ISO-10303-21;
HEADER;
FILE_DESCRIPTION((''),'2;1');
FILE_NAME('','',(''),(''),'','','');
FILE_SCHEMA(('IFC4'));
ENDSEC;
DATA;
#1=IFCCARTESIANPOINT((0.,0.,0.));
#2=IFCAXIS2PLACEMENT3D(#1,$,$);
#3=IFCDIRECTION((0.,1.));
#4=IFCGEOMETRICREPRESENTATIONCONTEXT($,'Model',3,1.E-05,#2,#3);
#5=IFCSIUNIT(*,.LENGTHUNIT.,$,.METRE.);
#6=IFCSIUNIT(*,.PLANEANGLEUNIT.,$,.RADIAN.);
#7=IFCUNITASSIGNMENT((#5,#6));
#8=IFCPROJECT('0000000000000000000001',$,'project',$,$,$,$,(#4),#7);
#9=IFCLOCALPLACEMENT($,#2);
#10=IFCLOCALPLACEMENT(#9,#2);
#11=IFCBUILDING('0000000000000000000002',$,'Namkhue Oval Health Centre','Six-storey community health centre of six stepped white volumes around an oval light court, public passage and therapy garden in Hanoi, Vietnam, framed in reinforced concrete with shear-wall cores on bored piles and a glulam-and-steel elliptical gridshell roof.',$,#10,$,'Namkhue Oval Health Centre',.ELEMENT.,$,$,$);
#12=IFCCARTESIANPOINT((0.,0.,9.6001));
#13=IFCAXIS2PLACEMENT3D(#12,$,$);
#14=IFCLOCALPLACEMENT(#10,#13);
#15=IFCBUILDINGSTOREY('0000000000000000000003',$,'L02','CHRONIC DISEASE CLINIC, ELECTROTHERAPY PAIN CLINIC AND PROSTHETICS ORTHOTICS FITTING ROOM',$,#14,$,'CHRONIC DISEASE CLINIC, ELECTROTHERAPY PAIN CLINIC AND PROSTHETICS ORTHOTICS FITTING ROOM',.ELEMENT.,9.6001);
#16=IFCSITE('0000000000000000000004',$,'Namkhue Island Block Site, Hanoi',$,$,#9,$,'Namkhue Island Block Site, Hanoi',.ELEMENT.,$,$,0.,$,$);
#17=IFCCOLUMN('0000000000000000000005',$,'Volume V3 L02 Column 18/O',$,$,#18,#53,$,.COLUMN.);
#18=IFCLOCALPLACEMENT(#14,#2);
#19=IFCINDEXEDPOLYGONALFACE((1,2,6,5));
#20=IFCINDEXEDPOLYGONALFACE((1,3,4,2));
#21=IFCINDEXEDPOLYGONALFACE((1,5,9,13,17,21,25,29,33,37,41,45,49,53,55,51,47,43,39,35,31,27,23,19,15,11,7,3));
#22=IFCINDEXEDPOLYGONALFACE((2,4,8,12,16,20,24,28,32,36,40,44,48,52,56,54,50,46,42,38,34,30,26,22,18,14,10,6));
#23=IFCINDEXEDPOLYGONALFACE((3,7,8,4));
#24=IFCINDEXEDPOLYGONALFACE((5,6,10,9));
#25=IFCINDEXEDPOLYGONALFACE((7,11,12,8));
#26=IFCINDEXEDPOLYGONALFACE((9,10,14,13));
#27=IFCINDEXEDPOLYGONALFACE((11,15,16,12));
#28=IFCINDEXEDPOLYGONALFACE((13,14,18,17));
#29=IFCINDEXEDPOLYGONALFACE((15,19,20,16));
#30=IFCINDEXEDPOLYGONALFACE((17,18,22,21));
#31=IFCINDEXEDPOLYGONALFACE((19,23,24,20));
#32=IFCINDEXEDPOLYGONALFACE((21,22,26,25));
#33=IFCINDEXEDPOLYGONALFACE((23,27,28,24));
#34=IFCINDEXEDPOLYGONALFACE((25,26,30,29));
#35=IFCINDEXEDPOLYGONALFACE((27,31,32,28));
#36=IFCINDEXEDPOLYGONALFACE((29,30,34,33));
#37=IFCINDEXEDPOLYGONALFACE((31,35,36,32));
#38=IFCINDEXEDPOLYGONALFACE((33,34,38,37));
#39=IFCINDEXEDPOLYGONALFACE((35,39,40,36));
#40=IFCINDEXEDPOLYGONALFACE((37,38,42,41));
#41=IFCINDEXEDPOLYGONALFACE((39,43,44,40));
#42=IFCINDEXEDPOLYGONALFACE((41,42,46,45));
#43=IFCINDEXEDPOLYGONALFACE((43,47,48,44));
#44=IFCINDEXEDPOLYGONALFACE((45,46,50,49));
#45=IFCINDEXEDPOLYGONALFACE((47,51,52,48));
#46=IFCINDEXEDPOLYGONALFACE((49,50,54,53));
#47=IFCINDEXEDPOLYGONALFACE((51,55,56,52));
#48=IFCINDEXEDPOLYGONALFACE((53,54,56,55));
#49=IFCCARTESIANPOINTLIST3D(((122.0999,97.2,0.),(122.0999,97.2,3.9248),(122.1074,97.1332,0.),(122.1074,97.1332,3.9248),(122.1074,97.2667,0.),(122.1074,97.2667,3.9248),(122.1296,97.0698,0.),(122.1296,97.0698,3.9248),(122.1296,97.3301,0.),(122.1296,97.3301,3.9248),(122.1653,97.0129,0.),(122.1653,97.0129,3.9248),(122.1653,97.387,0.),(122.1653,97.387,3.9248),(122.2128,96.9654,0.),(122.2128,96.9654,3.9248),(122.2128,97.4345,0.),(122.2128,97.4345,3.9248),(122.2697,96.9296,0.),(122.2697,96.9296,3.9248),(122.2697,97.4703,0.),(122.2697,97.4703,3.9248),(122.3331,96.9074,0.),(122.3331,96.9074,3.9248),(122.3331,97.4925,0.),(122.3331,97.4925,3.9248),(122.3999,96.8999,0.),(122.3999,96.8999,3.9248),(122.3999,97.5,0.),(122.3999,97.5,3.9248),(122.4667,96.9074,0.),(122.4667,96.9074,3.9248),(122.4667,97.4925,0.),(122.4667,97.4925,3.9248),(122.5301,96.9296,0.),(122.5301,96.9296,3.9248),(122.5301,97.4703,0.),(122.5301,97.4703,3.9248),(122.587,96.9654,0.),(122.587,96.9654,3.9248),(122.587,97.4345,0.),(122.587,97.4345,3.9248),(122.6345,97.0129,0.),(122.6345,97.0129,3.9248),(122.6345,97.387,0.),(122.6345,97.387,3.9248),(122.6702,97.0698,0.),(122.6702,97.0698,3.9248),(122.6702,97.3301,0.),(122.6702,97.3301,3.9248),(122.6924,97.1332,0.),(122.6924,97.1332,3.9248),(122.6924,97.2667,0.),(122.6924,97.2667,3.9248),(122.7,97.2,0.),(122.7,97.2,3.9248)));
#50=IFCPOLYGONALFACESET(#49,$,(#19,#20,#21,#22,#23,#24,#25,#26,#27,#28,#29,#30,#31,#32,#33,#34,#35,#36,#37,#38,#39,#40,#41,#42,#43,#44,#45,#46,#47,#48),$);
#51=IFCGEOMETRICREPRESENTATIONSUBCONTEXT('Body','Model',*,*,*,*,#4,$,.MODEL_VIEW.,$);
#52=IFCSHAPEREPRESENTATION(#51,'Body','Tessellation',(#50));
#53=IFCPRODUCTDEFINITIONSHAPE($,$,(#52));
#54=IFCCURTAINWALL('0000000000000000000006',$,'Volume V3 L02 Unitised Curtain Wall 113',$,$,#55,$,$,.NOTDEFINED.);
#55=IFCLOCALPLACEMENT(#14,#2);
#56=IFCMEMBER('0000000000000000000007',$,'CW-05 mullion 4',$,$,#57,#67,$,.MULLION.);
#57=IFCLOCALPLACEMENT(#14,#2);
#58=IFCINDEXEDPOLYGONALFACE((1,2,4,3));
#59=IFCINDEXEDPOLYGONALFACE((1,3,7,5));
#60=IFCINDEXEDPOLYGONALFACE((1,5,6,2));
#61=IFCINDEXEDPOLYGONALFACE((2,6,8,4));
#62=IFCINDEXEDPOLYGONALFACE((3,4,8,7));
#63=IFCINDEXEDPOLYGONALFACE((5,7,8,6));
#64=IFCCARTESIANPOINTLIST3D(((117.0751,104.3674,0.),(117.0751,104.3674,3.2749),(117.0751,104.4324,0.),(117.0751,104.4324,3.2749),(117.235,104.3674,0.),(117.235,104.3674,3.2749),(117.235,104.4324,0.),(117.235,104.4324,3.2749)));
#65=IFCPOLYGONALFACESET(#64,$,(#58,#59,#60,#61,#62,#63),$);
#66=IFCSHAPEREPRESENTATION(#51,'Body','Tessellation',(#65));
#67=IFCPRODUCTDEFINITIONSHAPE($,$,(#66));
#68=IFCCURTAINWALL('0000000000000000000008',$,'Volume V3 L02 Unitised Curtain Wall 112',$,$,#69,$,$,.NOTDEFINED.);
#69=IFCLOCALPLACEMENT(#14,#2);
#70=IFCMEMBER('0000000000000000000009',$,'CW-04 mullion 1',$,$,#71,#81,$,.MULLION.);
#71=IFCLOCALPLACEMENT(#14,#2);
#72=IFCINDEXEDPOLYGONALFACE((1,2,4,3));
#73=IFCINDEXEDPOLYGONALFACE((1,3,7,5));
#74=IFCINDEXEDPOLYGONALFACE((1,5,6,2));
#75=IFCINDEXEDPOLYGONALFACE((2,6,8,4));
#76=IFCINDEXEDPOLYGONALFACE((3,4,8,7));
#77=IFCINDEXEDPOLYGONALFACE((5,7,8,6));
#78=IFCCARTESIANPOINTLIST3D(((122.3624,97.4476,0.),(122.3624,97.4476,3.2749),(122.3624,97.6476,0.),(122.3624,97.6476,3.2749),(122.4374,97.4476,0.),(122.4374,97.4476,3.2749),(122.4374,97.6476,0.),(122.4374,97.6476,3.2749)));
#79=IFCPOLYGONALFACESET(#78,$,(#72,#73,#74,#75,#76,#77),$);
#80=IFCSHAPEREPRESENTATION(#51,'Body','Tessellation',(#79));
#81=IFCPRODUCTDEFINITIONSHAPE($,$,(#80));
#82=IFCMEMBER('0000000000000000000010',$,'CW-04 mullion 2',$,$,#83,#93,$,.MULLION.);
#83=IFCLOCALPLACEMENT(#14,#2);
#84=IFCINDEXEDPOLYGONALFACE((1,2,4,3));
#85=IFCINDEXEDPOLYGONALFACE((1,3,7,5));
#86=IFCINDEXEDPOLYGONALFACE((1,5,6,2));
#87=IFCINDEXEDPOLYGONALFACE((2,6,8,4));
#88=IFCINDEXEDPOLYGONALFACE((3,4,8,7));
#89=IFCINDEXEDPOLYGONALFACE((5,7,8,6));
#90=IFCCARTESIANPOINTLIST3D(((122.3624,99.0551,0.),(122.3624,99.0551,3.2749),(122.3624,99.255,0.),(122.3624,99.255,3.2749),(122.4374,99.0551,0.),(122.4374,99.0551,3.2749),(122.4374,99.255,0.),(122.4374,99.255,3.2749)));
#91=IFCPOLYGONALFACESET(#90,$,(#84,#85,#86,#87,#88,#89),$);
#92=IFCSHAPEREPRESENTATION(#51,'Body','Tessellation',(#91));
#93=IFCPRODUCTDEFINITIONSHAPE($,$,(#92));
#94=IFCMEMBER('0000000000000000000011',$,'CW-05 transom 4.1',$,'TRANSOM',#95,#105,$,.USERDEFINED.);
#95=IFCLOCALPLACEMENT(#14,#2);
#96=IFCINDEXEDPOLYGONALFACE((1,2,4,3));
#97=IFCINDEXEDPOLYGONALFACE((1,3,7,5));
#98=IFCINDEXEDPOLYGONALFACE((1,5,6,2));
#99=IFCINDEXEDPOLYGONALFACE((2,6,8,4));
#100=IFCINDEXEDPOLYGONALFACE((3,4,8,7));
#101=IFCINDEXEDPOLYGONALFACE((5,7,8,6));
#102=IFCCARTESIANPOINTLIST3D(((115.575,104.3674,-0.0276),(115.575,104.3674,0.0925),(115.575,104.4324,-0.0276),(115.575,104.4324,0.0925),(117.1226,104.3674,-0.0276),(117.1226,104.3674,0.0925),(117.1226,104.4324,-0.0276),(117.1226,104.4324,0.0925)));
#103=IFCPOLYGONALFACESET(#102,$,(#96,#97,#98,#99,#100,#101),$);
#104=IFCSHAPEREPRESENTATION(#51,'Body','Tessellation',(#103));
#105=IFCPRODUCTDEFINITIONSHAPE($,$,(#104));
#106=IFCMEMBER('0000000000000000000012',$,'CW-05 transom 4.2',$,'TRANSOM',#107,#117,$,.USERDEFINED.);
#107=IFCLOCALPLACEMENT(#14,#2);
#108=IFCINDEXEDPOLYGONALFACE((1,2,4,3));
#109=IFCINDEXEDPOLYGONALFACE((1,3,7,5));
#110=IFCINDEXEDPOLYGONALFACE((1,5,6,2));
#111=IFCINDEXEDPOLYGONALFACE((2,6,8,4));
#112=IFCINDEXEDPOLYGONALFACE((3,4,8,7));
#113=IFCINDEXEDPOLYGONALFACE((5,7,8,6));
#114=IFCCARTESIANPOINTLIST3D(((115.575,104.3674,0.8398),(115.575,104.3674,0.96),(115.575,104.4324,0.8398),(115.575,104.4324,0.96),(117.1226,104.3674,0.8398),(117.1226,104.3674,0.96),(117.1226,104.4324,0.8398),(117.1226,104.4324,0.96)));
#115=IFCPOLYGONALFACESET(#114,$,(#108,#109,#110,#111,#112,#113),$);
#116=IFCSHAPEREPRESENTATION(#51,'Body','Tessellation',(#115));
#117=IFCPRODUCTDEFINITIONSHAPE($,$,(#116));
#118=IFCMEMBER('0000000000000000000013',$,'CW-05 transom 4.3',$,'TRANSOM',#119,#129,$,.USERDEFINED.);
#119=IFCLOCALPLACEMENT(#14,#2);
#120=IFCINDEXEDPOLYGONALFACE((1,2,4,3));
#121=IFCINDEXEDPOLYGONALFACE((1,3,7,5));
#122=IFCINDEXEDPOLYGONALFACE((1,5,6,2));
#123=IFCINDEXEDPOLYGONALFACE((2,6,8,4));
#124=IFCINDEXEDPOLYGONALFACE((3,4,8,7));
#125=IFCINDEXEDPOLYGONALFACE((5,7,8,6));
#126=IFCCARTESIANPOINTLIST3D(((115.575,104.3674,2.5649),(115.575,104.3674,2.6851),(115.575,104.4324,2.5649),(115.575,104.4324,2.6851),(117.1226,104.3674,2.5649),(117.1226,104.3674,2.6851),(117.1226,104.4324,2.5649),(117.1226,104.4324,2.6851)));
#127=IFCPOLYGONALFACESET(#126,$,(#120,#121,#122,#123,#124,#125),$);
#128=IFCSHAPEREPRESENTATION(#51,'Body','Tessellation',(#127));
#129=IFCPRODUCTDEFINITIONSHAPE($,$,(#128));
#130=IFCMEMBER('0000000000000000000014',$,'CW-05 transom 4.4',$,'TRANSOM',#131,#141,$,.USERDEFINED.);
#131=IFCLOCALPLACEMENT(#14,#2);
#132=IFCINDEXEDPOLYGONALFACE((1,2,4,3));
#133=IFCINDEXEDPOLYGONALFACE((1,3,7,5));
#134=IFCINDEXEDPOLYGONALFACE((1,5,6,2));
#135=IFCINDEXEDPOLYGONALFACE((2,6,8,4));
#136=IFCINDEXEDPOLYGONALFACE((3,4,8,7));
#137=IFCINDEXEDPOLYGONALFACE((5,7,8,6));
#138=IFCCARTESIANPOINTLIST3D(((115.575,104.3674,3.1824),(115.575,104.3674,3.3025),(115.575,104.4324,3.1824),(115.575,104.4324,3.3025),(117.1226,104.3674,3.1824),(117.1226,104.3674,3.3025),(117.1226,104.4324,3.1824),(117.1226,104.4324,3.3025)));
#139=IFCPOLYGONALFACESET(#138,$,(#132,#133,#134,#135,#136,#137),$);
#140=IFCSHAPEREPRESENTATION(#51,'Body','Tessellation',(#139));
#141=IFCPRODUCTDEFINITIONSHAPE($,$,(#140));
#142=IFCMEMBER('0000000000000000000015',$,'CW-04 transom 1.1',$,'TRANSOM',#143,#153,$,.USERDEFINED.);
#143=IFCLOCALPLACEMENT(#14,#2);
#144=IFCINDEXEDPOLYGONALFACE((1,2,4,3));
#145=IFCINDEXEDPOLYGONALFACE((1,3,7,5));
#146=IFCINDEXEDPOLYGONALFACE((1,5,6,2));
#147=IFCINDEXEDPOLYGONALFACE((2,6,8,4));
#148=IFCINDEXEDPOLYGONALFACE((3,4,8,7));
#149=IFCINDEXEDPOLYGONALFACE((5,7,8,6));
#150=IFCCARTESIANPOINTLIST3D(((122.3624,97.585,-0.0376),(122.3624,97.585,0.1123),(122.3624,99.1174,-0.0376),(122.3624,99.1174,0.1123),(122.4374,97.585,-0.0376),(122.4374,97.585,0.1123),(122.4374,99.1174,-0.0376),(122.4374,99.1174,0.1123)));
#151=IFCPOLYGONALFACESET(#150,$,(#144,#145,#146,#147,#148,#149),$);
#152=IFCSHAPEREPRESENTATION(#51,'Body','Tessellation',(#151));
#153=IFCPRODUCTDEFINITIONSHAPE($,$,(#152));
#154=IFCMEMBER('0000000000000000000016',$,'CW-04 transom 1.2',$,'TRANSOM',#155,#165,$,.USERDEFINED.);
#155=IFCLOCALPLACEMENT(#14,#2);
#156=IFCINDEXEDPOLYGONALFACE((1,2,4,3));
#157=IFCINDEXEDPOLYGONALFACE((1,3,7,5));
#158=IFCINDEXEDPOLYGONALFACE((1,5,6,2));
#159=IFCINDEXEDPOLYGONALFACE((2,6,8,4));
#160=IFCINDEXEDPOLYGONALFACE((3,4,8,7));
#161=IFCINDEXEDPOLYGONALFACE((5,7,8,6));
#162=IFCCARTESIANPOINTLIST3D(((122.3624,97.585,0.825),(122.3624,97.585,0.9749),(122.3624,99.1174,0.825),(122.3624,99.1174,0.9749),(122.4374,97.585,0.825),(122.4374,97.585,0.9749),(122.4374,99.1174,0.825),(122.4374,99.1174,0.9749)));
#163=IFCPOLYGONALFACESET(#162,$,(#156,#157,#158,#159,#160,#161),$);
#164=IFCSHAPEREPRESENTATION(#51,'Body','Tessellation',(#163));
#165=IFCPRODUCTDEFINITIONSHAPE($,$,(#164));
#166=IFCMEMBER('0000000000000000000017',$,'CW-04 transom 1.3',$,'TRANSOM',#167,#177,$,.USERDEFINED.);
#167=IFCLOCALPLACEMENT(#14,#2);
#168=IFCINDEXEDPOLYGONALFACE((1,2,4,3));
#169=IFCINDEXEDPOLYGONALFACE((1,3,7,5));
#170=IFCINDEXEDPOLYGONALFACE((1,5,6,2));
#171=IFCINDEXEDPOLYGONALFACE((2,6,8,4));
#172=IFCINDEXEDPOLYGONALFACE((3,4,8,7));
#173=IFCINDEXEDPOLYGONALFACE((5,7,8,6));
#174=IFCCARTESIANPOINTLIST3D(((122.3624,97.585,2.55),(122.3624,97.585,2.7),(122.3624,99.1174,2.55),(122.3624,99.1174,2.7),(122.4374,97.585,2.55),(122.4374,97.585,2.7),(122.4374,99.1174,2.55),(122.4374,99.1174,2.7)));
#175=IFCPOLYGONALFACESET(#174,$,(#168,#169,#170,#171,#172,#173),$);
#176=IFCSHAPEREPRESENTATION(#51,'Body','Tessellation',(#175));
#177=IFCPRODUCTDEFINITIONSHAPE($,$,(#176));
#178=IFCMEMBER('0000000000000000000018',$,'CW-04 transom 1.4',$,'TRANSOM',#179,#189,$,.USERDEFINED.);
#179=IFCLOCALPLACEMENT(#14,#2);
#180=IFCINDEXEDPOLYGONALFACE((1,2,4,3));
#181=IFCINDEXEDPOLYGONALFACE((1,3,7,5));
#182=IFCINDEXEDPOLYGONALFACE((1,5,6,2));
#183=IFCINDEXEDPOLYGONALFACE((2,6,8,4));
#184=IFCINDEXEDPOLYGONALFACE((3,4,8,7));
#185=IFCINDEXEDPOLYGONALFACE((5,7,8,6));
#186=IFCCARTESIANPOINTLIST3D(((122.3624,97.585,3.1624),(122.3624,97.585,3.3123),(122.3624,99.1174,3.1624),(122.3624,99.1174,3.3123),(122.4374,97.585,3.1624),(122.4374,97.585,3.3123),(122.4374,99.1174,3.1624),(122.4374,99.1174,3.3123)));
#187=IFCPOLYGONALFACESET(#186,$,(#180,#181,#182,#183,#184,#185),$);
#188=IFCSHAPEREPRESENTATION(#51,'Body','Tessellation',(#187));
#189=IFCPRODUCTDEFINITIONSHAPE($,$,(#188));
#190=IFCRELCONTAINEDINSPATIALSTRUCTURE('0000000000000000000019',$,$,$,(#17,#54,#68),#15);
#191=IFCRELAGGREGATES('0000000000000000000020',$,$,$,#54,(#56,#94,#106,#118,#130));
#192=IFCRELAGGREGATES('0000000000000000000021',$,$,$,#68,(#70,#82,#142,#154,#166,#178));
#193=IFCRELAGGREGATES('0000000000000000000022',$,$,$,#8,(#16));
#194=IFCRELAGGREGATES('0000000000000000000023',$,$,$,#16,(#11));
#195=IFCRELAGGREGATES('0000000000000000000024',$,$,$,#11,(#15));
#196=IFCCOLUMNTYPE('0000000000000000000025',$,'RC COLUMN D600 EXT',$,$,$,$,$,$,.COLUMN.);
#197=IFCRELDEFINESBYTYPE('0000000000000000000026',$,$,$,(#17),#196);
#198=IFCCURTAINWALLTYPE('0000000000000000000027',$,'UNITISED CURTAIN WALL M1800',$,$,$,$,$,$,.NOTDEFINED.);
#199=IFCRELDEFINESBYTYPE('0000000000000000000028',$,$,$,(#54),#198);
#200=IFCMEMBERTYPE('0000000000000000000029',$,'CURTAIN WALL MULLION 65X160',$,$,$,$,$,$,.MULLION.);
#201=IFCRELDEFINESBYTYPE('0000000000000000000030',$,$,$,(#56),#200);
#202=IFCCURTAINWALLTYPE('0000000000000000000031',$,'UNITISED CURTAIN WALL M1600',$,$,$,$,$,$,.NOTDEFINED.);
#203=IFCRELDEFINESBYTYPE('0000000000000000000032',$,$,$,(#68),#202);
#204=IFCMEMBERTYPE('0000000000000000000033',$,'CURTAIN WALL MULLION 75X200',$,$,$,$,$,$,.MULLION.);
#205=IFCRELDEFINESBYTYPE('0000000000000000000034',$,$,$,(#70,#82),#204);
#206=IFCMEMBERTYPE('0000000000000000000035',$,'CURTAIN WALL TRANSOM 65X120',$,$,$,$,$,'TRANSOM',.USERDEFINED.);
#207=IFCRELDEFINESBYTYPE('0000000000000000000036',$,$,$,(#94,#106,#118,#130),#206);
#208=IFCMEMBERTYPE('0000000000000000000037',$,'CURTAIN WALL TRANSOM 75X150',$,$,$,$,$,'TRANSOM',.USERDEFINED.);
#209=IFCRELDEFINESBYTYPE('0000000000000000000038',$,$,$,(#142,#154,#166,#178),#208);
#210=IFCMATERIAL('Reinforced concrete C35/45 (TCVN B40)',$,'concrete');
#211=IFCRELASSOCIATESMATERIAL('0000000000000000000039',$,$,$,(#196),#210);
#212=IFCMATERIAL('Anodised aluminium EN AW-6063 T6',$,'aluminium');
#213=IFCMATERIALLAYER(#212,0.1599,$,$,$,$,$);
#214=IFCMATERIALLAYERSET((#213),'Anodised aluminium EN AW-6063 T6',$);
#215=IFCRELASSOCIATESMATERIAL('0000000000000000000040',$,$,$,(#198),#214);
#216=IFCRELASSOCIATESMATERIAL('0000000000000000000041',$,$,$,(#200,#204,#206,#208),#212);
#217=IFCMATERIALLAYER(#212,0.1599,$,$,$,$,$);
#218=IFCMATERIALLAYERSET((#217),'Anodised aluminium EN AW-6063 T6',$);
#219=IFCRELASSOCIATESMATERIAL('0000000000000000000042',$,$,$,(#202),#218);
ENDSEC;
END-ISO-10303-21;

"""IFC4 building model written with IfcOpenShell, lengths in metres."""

from ifc_helpers import new_model, si_unit, direction, frame, origin, origin_2d, place, context, subcontext, project, spatial, rectangle, circle, extrude, material, layer, layer_set, material_profile, profile_set, type_object, element, aggregate, save


model = new_model("IFC4")

# Units and contexts
model_context = context("Model", 3, precision=1e-05, world=origin(), true_north=direction((0.0, 1.0)))
body_context = subcontext(model_context, "Body", "Model", "MODEL_VIEW")
ifc_project = project(units=[si_unit("LENGTHUNIT", "METRE"), si_unit("PLANEANGLEUNIT", "RADIAN")], contexts=[model_context])

# Site, building, storey
site_placement = place(None, origin())
site = spatial("IfcSite", under=ifc_project, at=site_placement, Name="Namkhue Island Block Site, Hanoi", LongName="Namkhue Island Block Site, Hanoi", CompositionType="ELEMENT", RefElevation=0.0)
building_placement = place(site_placement, origin())
building = spatial("IfcBuilding", under=site, at=building_placement, Name="Namkhue Oval Health Centre", Description="Six-storey community health centre of six stepped white volumes around an oval light court, public passage and therapy garden in Hanoi, Vietnam, framed in reinforced concrete with shear-wall cores on bored piles and a glulam-and-steel elliptical gridshell roof.", LongName="Namkhue Oval Health Centre", CompositionType="ELEMENT")
storey_placement = place(building_placement, frame((0.0, 0.0, 9.6001)))
storey = spatial("IfcBuildingStorey", under=building, at=storey_placement, Name="L02", Description="CHRONIC DISEASE CLINIC, ELECTROTHERAPY PAIN CLINIC AND PROSTHETICS ORTHOTICS FITTING ROOM", LongName="CHRONIC DISEASE CLINIC, ELECTROTHERAPY PAIN CLINIC AND PROSTHETICS ORTHOTICS FITTING ROOM", CompositionType="ELEMENT", Elevation=9.6001)

# Column
ifc_material_1 = material(Name="Reinforced concrete C35/45 (TCVN B40)", Category="concrete")
ifc_material_profile_1 = material_profile(ifc_material_1, circle(Radius=0.3, at=origin_2d()), Name="RC D600")
ifc_profile_set_1 = profile_set([ifc_material_profile_1], Name="Reinforced concrete C35/45 (TCVN B40)")
column_type = type_object("IfcColumnType", Name="RC COLUMN D600 EXT", PredefinedType="COLUMN", material=ifc_profile_set_1)
column_placement = place(storey_placement, frame((122.3999, 97.2, 0.0), z_axis=(0.0, 0.0, 1.0), x_axis=(1.0, 0.0, 0.0)))
element("IfcColumn", 1, at=column_placement, inside=storey, type_object=column_type, Name="Volume V3 L02 Column 18/O", PredefinedType="COLUMN", context=body_context, shape_type="SweptSolid", body=[
    extrude(circle(Radius=0.3, at=origin_2d()), origin(), (0.0, 0.0, 1.0), 3.9248),
])

# Curtain wall, member
ifc_material_2 = material(Name="Anodised aluminium EN AW-6063 T6", Category="aluminium")
ifc_layer_1 = layer(ifc_material_2, 0.1599)
ifc_layer_set_1 = layer_set([ifc_layer_1], Name="Anodised aluminium EN AW-6063 T6")
curtain_wall_type_1 = type_object("IfcCurtainWallType", Name="UNITISED CURTAIN WALL M1800", PredefinedType="NOTDEFINED", material=ifc_layer_set_1)
curtain_wall_1_placement = place(storey_placement, origin())
curtain_wall_1 = element("IfcCurtainWall", 2, at=curtain_wall_1_placement, inside=storey, type_object=curtain_wall_type_1, Name="Volume V3 L02 Unitised Curtain Wall 113", PredefinedType="NOTDEFINED")
ifc_material_profile_2 = material_profile(ifc_material_2, rectangle(XDim=0.0649, YDim=0.1599, at=origin_2d()), Name="ALU 65x160")
ifc_profile_set_2 = profile_set([ifc_material_profile_2], Name="Anodised aluminium EN AW-6063 T6")
member_type_1 = type_object("IfcMemberType", Name="CURTAIN WALL MULLION 65X160", PredefinedType="MULLION", material=ifc_profile_set_2)
member_1_placement = place(storey_placement, frame((117.155, 104.3999, 0.0), z_axis=(0.0, 0.0, 1.0), x_axis=(0.0, -1.0, 0.0)))
member_1 = element("IfcMember", 3, at=member_1_placement, type_object=member_type_1, Name="CW-05 mullion 4", PredefinedType="MULLION", context=body_context, shape_type="SweptSolid", body=[
    extrude(rectangle(XDim=0.0649, YDim=0.1599, at=origin_2d()), origin(), (0.0, 0.0, 1.0), 3.2749),
])

# Curtain wall, members
ifc_layer_2 = layer(ifc_material_2, 0.1599)
ifc_layer_set_2 = layer_set([ifc_layer_2], Name="Anodised aluminium EN AW-6063 T6")
curtain_wall_type_2 = type_object("IfcCurtainWallType", Name="UNITISED CURTAIN WALL M1600", PredefinedType="NOTDEFINED", material=ifc_layer_set_2)
curtain_wall_2_placement = place(storey_placement, origin())
curtain_wall_2 = element("IfcCurtainWall", 4, at=curtain_wall_2_placement, inside=storey, type_object=curtain_wall_type_2, Name="Volume V3 L02 Unitised Curtain Wall 112", PredefinedType="NOTDEFINED")
ifc_material_profile_3 = material_profile(ifc_material_2, rectangle(XDim=0.075, YDim=0.2, at=origin_2d()), Name="ALU 75x200")
ifc_profile_set_3 = profile_set([ifc_material_profile_3], Name="Anodised aluminium EN AW-6063 T6")
member_type_2 = type_object("IfcMemberType", Name="CURTAIN WALL MULLION 75X200", PredefinedType="MULLION", material=ifc_profile_set_3)
member_2_placement = place(storey_placement, frame((122.3999, 97.5476, 0.0), z_axis=(0.0, 0.0, 1.0), x_axis=(-1.0, 0.0, 0.0)))
member_2 = element("IfcMember", 5, at=member_2_placement, type_object=member_type_2, Name="CW-04 mullion 1", PredefinedType="MULLION", context=body_context, shape_type="SweptSolid", body=[
    extrude(rectangle(XDim=0.075, YDim=0.2, at=origin_2d()), origin(), (0.0, 0.0, 1.0), 3.2749),
])
member_3_placement = place(storey_placement, frame((122.3999, 99.155, 0.0), z_axis=(0.0, 0.0, 1.0), x_axis=(-1.0, 0.0, 0.0)))
member_3 = element("IfcMember", 6, at=member_3_placement, type_object=member_type_2, Name="CW-04 mullion 2", PredefinedType="MULLION", context=body_context, shape_type="SweptSolid", body=[
    extrude(rectangle(XDim=0.075, YDim=0.2, at=origin_2d()), origin(), (0.0, 0.0, 1.0), 3.2749),
])

# Members
ifc_material_profile_4 = material_profile(ifc_material_2, rectangle(XDim=0.0649, YDim=0.1201, at=origin_2d()), Name="ALU 65x120")
ifc_profile_set_4 = profile_set([ifc_material_profile_4], Name="Anodised aluminium EN AW-6063 T6")
member_type_3 = type_object("IfcMemberType", Name="CURTAIN WALL TRANSOM 65X120", ElementType="TRANSOM", PredefinedType="USERDEFINED", material=ifc_profile_set_4)
member_4_placement = place(storey_placement, frame((117.1226, 104.3999, 0.0325), z_axis=(-1.0, 0.0, 0.0), x_axis=(0.0, -1.0, 0.0)))
member_4 = element("IfcMember", 7, at=member_4_placement, type_object=member_type_3, Name="CW-05 transom 4.1", ObjectType="TRANSOM", PredefinedType="USERDEFINED", context=body_context, shape_type="SweptSolid", body=[
    extrude(rectangle(XDim=0.0649, YDim=0.1201, at=origin_2d()), origin(), (0.0, 0.0, 1.0), 1.5476),
])
member_5_placement = place(storey_placement, frame((117.1226, 104.3999, 0.8999), z_axis=(-1.0, 0.0, 0.0), x_axis=(0.0, -1.0, 0.0)))
member_5 = element("IfcMember", 8, at=member_5_placement, type_object=member_type_3, Name="CW-05 transom 4.2", ObjectType="TRANSOM", PredefinedType="USERDEFINED", context=body_context, shape_type="SweptSolid", body=[
    extrude(rectangle(XDim=0.0649, YDim=0.1201, at=origin_2d()), origin(), (0.0, 0.0, 1.0), 1.5476),
])
member_6_placement = place(storey_placement, frame((117.1226, 104.3999, 2.625), z_axis=(-1.0, 0.0, 0.0), x_axis=(0.0, -1.0, 0.0)))
member_6 = element("IfcMember", 9, at=member_6_placement, type_object=member_type_3, Name="CW-05 transom 4.3", ObjectType="TRANSOM", PredefinedType="USERDEFINED", context=body_context, shape_type="SweptSolid", body=[
    extrude(rectangle(XDim=0.0649, YDim=0.1201, at=origin_2d()), origin(), (0.0, 0.0, 1.0), 1.5476),
])
member_7_placement = place(storey_placement, frame((117.1226, 104.3999, 3.2424), z_axis=(-1.0, 0.0, 0.0), x_axis=(0.0, -1.0, 0.0)))
member_7 = element("IfcMember", 10, at=member_7_placement, type_object=member_type_3, Name="CW-05 transom 4.4", ObjectType="TRANSOM", PredefinedType="USERDEFINED", context=body_context, shape_type="SweptSolid", body=[
    extrude(rectangle(XDim=0.0649, YDim=0.1201, at=origin_2d()), origin(), (0.0, 0.0, 1.0), 1.5476),
])
ifc_material_profile_5 = material_profile(ifc_material_2, rectangle(XDim=0.075, YDim=0.1499, at=origin_2d()), Name="ALU 75x150")
ifc_profile_set_5 = profile_set([ifc_material_profile_5], Name="Anodised aluminium EN AW-6063 T6")
member_type_4 = type_object("IfcMemberType", Name="CURTAIN WALL TRANSOM 75X150", ElementType="TRANSOM", PredefinedType="USERDEFINED", material=ifc_profile_set_5)
member_8_placement = place(storey_placement, frame((122.3999, 97.585, 0.0374), z_axis=(0.0, 1.0, 0.0), x_axis=(-1.0, 0.0, 0.0)))
member_8 = element("IfcMember", 11, at=member_8_placement, type_object=member_type_4, Name="CW-04 transom 1.1", ObjectType="TRANSOM", PredefinedType="USERDEFINED", context=body_context, shape_type="SweptSolid", body=[
    extrude(rectangle(XDim=0.075, YDim=0.1499, at=origin_2d()), origin(), (0.0, 0.0, 1.0), 1.5325),
])
member_9_placement = place(storey_placement, frame((122.3999, 97.585, 0.8999), z_axis=(0.0, 1.0, 0.0), x_axis=(-1.0, 0.0, 0.0)))
member_9 = element("IfcMember", 12, at=member_9_placement, type_object=member_type_4, Name="CW-04 transom 1.2", ObjectType="TRANSOM", PredefinedType="USERDEFINED", context=body_context, shape_type="SweptSolid", body=[
    extrude(rectangle(XDim=0.075, YDim=0.1499, at=origin_2d()), origin(), (0.0, 0.0, 1.0), 1.5325),
])
member_10_placement = place(storey_placement, frame((122.3999, 97.585, 2.625), z_axis=(0.0, 1.0, 0.0), x_axis=(-1.0, 0.0, 0.0)))
member_10 = element("IfcMember", 13, at=member_10_placement, type_object=member_type_4, Name="CW-04 transom 1.3", ObjectType="TRANSOM", PredefinedType="USERDEFINED", context=body_context, shape_type="SweptSolid", body=[
    extrude(rectangle(XDim=0.075, YDim=0.1499, at=origin_2d()), origin(), (0.0, 0.0, 1.0), 1.5325),
])
member_11_placement = place(storey_placement, frame((122.3999, 97.585, 3.2373), z_axis=(0.0, 1.0, 0.0), x_axis=(-1.0, 0.0, 0.0)))
member_11 = element("IfcMember", 14, at=member_11_placement, type_object=member_type_4, Name="CW-04 transom 1.4", ObjectType="TRANSOM", PredefinedType="USERDEFINED", context=body_context, shape_type="SweptSolid", body=[
    extrude(rectangle(XDim=0.075, YDim=0.1499, at=origin_2d()), origin(), (0.0, 0.0, 1.0), 1.5325),
])

aggregate(curtain_wall_1, [member_1, member_4, member_5, member_6, member_7])
aggregate(curtain_wall_2, [member_2, member_3, member_8, member_9, member_10, member_11])

save(model, "model.ifc")
